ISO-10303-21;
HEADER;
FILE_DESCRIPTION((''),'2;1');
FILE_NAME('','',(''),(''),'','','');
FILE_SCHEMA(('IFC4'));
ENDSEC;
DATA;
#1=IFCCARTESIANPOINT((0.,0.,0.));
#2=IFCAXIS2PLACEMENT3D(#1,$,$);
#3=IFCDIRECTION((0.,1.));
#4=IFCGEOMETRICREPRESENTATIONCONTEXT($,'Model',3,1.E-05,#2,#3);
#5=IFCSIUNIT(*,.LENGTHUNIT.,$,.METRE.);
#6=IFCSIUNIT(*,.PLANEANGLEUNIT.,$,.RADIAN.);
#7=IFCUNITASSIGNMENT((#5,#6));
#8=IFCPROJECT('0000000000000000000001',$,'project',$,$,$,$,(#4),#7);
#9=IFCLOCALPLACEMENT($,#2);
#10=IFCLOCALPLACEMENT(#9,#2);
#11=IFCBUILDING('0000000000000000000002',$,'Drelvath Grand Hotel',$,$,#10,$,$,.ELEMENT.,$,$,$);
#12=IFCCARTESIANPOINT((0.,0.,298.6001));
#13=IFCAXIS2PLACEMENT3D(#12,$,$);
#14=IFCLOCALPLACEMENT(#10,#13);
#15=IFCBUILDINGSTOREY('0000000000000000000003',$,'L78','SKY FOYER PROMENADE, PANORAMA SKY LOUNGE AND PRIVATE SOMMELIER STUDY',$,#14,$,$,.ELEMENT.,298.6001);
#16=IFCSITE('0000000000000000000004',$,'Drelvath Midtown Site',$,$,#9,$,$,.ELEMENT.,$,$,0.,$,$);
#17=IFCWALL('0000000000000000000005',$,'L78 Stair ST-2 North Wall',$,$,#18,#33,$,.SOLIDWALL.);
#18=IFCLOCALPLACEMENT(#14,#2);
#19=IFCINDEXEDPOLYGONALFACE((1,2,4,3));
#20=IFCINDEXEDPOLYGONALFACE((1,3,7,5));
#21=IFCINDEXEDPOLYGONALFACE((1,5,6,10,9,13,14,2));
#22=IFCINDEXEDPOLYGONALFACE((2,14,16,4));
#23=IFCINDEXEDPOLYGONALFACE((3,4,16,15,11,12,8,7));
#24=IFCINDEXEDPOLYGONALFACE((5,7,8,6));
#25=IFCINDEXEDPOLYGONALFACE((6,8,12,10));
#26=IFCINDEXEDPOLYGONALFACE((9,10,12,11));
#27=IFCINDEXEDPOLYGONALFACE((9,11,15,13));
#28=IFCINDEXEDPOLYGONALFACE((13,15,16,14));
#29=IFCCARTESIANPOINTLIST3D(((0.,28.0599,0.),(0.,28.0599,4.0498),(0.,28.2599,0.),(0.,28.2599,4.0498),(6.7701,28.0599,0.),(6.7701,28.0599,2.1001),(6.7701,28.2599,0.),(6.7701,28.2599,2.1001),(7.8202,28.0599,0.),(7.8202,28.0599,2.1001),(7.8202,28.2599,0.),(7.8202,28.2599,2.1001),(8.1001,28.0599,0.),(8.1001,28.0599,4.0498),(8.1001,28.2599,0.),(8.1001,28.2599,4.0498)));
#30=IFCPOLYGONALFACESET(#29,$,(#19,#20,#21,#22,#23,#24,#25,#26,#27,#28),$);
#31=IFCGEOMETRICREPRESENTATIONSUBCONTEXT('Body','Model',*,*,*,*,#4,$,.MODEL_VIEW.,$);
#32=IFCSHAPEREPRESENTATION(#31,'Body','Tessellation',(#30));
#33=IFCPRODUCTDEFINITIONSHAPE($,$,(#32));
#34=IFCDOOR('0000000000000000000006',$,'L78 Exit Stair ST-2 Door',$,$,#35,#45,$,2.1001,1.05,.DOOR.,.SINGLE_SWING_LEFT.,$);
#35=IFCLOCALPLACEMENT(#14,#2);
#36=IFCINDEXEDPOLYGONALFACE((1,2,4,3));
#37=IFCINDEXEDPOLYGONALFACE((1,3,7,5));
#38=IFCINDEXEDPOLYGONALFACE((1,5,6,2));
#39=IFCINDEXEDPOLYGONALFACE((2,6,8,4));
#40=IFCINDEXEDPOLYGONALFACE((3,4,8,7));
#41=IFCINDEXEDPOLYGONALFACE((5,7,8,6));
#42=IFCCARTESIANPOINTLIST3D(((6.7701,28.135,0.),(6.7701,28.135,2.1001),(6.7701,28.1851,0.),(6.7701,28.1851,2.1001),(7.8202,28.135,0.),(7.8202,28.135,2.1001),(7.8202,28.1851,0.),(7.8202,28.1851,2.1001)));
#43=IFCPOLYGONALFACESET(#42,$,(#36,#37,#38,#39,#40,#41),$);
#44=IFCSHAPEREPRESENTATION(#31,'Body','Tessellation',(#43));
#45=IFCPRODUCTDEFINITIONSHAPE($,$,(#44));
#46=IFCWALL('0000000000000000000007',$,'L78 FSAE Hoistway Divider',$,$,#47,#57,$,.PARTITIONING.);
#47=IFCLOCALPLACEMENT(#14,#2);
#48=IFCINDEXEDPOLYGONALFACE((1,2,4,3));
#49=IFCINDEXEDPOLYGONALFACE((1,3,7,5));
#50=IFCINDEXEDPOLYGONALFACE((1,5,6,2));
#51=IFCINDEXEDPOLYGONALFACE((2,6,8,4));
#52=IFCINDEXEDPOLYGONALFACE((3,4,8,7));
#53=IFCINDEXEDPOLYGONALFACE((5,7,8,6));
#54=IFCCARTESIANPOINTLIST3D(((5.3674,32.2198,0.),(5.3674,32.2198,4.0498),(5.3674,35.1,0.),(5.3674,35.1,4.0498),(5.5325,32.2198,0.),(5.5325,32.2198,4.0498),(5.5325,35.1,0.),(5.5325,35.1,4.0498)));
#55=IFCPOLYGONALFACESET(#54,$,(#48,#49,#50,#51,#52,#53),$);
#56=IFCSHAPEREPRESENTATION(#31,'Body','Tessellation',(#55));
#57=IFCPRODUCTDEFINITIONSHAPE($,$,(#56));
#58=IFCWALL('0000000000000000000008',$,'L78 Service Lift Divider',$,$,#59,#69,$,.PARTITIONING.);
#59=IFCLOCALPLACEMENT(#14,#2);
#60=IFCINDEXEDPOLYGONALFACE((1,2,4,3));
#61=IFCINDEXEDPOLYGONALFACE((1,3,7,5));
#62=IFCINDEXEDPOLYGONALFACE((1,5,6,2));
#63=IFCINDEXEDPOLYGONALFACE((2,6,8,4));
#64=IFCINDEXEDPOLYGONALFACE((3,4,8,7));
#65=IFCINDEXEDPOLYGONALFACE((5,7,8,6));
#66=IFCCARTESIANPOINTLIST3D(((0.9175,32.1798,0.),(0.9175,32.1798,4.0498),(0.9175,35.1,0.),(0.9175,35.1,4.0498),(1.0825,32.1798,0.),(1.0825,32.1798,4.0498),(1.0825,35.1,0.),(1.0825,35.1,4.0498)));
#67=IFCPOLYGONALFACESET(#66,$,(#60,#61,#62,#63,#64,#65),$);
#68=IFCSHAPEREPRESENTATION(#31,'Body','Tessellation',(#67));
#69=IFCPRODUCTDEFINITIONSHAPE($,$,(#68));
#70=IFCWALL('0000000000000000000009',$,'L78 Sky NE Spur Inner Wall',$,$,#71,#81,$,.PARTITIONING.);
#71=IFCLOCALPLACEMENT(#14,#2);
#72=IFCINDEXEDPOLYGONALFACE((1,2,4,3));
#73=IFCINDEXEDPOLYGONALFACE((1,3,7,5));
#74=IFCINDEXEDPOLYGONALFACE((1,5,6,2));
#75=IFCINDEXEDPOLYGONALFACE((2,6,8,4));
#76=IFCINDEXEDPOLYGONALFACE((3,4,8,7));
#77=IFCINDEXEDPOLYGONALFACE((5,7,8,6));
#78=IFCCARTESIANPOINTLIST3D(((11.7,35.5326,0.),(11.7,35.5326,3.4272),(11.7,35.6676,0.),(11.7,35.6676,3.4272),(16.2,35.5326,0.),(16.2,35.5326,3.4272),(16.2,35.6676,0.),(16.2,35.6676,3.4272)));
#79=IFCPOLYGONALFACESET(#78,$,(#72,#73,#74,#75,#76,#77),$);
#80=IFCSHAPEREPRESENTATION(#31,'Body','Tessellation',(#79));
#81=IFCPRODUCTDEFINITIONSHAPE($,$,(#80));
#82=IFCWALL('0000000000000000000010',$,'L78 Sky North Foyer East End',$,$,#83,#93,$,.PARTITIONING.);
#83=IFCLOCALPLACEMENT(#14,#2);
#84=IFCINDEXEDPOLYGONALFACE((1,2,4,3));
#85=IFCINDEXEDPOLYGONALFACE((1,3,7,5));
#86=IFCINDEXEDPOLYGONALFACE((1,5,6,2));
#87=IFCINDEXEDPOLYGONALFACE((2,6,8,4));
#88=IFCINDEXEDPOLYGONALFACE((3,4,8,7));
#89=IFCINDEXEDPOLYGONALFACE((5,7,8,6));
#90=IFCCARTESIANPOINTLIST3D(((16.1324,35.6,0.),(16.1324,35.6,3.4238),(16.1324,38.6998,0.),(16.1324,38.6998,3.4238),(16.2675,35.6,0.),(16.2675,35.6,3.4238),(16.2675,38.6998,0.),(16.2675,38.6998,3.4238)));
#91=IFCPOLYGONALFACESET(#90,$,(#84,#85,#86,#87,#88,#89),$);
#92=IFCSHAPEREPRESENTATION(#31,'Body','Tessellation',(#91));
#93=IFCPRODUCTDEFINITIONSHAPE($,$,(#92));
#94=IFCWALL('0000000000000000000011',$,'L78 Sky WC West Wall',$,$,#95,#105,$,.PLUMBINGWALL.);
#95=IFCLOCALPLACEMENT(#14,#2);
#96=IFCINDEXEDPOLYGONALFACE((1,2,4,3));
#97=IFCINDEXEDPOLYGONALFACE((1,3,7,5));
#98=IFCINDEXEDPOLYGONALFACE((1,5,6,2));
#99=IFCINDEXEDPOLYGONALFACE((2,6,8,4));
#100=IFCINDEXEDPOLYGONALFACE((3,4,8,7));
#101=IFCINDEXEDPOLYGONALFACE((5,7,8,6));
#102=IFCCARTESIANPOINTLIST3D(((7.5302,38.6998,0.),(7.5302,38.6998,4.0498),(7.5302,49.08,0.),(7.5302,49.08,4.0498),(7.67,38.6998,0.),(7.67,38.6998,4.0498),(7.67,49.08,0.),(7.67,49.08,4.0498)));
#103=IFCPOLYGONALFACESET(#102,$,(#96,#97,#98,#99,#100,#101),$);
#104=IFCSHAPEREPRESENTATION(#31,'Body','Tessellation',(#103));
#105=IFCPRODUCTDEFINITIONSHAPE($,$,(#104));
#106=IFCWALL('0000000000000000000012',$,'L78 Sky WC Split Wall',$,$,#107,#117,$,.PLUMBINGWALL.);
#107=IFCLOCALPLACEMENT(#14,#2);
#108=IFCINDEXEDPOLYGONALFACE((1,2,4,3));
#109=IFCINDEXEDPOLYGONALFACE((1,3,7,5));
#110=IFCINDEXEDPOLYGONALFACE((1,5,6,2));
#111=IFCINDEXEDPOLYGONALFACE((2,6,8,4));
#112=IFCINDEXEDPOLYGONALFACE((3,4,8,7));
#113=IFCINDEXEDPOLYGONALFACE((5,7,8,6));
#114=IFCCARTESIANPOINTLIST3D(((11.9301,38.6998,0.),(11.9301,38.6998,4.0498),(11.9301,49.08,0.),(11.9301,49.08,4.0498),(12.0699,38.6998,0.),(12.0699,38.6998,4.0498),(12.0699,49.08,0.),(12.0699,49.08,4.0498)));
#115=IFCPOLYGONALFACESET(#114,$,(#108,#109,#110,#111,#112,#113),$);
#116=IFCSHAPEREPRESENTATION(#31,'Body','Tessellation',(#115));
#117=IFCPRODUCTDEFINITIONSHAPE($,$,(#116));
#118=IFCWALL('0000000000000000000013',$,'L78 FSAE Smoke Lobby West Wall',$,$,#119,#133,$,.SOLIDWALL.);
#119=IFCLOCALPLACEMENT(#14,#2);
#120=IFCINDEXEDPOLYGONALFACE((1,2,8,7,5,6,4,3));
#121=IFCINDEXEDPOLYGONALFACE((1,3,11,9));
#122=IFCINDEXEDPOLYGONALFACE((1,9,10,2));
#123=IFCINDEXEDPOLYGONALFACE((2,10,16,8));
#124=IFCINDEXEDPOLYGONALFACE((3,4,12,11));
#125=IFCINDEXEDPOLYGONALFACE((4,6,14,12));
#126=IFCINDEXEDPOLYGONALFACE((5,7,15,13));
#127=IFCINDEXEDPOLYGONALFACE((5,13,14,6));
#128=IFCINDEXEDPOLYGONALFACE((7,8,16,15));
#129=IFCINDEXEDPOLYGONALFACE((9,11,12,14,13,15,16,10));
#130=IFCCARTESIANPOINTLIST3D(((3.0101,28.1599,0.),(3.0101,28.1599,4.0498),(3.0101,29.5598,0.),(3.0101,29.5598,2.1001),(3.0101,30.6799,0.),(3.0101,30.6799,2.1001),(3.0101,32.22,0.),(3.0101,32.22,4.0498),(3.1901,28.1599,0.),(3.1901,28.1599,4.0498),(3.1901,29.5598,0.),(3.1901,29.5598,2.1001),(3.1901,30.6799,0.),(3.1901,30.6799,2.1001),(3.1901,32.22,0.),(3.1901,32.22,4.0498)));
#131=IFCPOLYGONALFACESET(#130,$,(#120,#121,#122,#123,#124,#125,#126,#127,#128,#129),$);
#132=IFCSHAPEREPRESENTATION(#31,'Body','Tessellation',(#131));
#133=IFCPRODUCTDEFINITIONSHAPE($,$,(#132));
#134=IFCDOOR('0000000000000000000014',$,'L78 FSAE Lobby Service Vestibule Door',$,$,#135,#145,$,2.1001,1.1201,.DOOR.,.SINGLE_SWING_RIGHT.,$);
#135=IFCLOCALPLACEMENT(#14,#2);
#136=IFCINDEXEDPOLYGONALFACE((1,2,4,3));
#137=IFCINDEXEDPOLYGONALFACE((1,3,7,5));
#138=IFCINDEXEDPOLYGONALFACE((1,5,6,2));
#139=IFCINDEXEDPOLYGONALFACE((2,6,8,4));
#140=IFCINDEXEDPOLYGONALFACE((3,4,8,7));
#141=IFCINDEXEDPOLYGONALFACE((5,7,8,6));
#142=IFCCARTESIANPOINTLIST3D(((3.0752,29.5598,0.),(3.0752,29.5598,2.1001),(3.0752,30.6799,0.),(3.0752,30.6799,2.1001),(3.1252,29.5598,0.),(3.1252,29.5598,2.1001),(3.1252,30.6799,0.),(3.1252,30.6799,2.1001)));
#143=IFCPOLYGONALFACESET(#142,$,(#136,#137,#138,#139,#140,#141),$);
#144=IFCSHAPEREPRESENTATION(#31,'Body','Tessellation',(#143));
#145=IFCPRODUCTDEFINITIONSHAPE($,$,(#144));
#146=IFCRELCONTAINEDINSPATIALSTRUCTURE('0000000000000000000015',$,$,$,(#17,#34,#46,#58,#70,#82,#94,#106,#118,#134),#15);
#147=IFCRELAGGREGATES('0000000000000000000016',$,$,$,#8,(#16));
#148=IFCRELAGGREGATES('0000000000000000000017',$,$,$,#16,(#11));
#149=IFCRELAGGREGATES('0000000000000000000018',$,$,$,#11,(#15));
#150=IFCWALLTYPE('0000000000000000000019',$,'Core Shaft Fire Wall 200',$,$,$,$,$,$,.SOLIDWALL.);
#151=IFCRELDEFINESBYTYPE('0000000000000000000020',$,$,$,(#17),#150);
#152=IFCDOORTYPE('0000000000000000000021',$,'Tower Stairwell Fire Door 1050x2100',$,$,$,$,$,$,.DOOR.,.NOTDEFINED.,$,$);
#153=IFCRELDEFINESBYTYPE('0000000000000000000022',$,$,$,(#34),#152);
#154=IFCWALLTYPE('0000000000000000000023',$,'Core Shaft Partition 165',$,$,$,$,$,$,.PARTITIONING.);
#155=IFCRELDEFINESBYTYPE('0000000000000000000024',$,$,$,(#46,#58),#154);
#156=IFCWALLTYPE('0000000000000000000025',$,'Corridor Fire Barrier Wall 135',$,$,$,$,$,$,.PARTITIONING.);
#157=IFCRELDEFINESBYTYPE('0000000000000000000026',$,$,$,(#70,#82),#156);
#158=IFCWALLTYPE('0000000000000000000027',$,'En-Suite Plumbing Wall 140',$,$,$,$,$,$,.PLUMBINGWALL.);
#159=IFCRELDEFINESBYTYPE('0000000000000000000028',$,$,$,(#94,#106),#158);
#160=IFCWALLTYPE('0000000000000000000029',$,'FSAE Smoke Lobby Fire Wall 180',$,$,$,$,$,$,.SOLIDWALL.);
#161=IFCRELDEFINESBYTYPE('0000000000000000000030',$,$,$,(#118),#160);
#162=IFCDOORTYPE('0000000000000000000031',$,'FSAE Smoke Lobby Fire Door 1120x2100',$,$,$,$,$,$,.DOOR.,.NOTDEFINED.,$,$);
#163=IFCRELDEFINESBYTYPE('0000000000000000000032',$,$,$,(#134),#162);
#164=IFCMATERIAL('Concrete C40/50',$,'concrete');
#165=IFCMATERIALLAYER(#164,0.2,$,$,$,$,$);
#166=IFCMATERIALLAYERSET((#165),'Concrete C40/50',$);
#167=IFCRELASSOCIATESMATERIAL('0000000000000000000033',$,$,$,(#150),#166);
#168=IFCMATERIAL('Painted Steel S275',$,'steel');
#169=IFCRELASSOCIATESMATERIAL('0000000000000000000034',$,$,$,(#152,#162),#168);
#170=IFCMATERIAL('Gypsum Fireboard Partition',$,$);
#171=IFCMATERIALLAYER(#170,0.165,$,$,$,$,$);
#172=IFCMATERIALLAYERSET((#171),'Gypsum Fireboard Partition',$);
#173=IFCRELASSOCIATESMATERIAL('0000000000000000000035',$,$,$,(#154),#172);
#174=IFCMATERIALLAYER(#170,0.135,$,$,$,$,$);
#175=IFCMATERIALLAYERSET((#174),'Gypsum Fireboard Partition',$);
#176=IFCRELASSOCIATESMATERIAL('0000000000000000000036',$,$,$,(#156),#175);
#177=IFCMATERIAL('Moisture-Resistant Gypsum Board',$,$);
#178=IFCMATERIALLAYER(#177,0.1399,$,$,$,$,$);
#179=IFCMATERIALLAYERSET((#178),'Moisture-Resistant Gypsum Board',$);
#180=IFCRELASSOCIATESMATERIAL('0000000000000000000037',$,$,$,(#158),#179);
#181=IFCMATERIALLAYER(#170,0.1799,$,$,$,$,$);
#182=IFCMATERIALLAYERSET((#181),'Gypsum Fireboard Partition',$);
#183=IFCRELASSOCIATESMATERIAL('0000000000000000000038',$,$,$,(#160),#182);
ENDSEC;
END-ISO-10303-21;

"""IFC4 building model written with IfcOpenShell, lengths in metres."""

from ifc_helpers import new_model, si_unit, direction, frame, frame_2d, origin, place, context, subcontext, project, spatial, rectangle, extrude, material, layer, layer_set, type_object, element, fill, save


model = new_model("IFC4")

# Units and contexts
model_context = context("Model", 3, precision=1e-05, world=origin(), true_north=direction((0.0, 1.0)))
body_context = subcontext(model_context, "Body", "Model", "MODEL_VIEW")
ifc_project = project(units=[si_unit("LENGTHUNIT", "METRE"), si_unit("PLANEANGLEUNIT", "RADIAN")], contexts=[model_context])

# Site, building, storey
site_placement = place(None, origin())
site = spatial("IfcSite", under=ifc_project, at=site_placement, Name="Drelvath Midtown Site", CompositionType="ELEMENT", RefElevation=0.0)
building_placement = place(site_placement, origin())
building = spatial("IfcBuilding", under=site, at=building_placement, Name="Drelvath Grand Hotel", CompositionType="ELEMENT")
storey_placement = place(building_placement, frame((0.0, 0.0, 298.6001)))
storey = spatial("IfcBuildingStorey", under=building, at=storey_placement, Name="L78", Description="SKY FOYER PROMENADE, PANORAMA SKY LOUNGE AND PRIVATE SOMMELIER STUDY", CompositionType="ELEMENT", Elevation=298.6001)

# Shared definitions
ifc_material_1 = material(Name="Concrete C40/50", Category="concrete")

# Wall, opening, door
ifc_layer_1 = layer(ifc_material_1, 0.2)
ifc_layer_set_1 = layer_set([ifc_layer_1], Name="Concrete C40/50")
wall_type_1 = type_object("IfcWallType", Name="Core Shaft Fire Wall 200", PredefinedType="SOLIDWALL", material=ifc_layer_set_1)
wall_1_placement = place(storey_placement, frame((8.1001, 28.1599, 0.0), z_axis=(0.0, 0.0, 1.0), x_axis=(-1.0, 0.0, 0.0)))
wall_1 = element("IfcWall", 1, at=wall_1_placement, inside=storey, type_object=wall_type_1, Name="L78 Stair ST-2 North Wall", PredefinedType="SOLIDWALL", context=body_context, shape_type="SweptSolid", body=[
    extrude(rectangle(XDim=8.1001, YDim=0.2, at=frame_2d((4.05, 0.0))), origin(), (0.0, 0.0, 1.0), 4.0498),
])
opening_1_placement = place(wall_1_placement, frame((0.28, 0.0, 0.0)))
opening_1 = element("IfcOpeningElement", 2, at=opening_1_placement, cuts=wall_1, PredefinedType="OPENING", context=body_context, shape_type="SweptSolid", body=[
    extrude(rectangle(XDim=1.05, YDim=2.1001, at=frame_2d((0.5249, 1.05))), frame((0.0, 0.1099, 0.0), z_axis=(0.0, -1.0, 0.0), x_axis=(1.0, 0.0, 0.0)), (0.0, 0.0, 1.0), 0.22),
])
ifc_material_2 = material(Name="Painted Steel S275", Category="steel")
door_type_1 = type_object("IfcDoorType", Name="Tower Stairwell Fire Door 1050x2100", OperationType="NOTDEFINED", PredefinedType="DOOR", material=ifc_material_2)
door_1_placement = place(opening_1_placement, origin())
door_1 = element("IfcDoor", 3, at=door_1_placement, inside=storey, type_object=door_type_1, Name="L78 Exit Stair ST-2 Door", OperationType="SINGLE_SWING_LEFT", OverallHeight=2.1001, OverallWidth=1.05, PredefinedType="DOOR", context=body_context, shape_type="SweptSolid", body=[
    extrude(rectangle(XDim=1.05, YDim=2.1001, at=frame_2d((0.5249, 1.05))), frame((0.0, 0.0249, 0.0), z_axis=(0.0, -1.0, 0.0), x_axis=(1.0, 0.0, 0.0)), (0.0, 0.0, 1.0), 0.05),
])
fill(opening_1, door_1)

# Walls
ifc_material_3 = material(Name="Gypsum Fireboard Partition")
ifc_layer_2 = layer(ifc_material_3, 0.165)
ifc_layer_set_2 = layer_set([ifc_layer_2], Name="Gypsum Fireboard Partition")
wall_type_2 = type_object("IfcWallType", Name="Core Shaft Partition 165", PredefinedType="PARTITIONING", material=ifc_layer_set_2)
wall_2_placement = place(storey_placement, frame((5.45, 32.22, 0.0), z_axis=(0.0, 0.0, 1.0), x_axis=(0.0, 1.0, 0.0)))
element("IfcWall", 4, at=wall_2_placement, inside=storey, type_object=wall_type_2, Name="L78 FSAE Hoistway Divider", PredefinedType="PARTITIONING", context=body_context, shape_type="SweptSolid", body=[
    extrude(rectangle(XDim=2.8801, YDim=0.165, at=frame_2d((1.4399, 0.0))), origin(), (0.0, 0.0, 1.0), 4.0498),
])
wall_3_placement = place(storey_placement, frame((1.0, 32.1799, 0.0), z_axis=(0.0, 0.0, 1.0), x_axis=(0.0, 1.0, 0.0)))
element("IfcWall", 5, at=wall_3_placement, inside=storey, type_object=wall_type_2, Name="L78 Service Lift Divider", PredefinedType="PARTITIONING", context=body_context, shape_type="SweptSolid", body=[
    extrude(rectangle(XDim=2.9202, YDim=0.165, at=frame_2d((1.46, 0.0))), origin(), (0.0, 0.0, 1.0), 4.0498),
])
ifc_layer_3 = layer(ifc_material_3, 0.135)
ifc_layer_set_3 = layer_set([ifc_layer_3], Name="Gypsum Fireboard Partition")
wall_type_3 = type_object("IfcWallType", Name="Corridor Fire Barrier Wall 135", PredefinedType="PARTITIONING", material=ifc_layer_set_3)
wall_4_placement = place(storey_placement, frame((11.7, 35.6001, 0.0), z_axis=(0.0, 0.0, 1.0), x_axis=(1.0, 0.0, 0.0)))
element("IfcWall", 6, at=wall_4_placement, inside=storey, type_object=wall_type_3, Name="L78 Sky NE Spur Inner Wall", PredefinedType="PARTITIONING", context=body_context, shape_type="SweptSolid", body=[
    extrude(rectangle(XDim=4.5, YDim=0.135, at=frame_2d((2.25, 0.0))), origin(), (0.0, 0.0, 1.0), 3.4272),
])
wall_5_placement = place(storey_placement, frame((16.2, 35.6001, 0.0), z_axis=(0.0, 0.0, 1.0), x_axis=(0.0, 1.0, 0.0)))
element("IfcWall", 7, at=wall_5_placement, inside=storey, type_object=wall_type_3, Name="L78 Sky North Foyer East End", PredefinedType="PARTITIONING", context=body_context, shape_type="SweptSolid", body=[
    extrude(rectangle(XDim=3.0999, YDim=0.135, at=frame_2d((1.5498, 0.0))), origin(), (0.0, 0.0, 1.0), 3.4238),
])
ifc_material_4 = material(Name="Moisture-Resistant Gypsum Board")
ifc_layer_4 = layer(ifc_material_4, 0.1399)
ifc_layer_set_4 = layer_set([ifc_layer_4], Name="Moisture-Resistant Gypsum Board")
wall_type_4 = type_object("IfcWallType", Name="En-Suite Plumbing Wall 140", PredefinedType="PLUMBINGWALL", material=ifc_layer_set_4)
for number, where, z_axis, x_axis, name in (
    (8, (7.6001, 38.7, 0.0), (0.0, 0.0, 1.0), (0.0, 1.0, 0.0), "L78 Sky WC West Wall"),
    (9, (12.0, 38.7, 0.0), (0.0, 0.0, 1.0), (0.0, 1.0, 0.0), "L78 Sky WC Split Wall"),
):
    element("IfcWall", number, at=place(storey_placement, frame(where, z_axis=z_axis, x_axis=x_axis)), inside=storey, type_object=wall_type_4, Name=name, PredefinedType="PLUMBINGWALL", context=body_context, shape_type="SweptSolid", body=[
        extrude(rectangle(XDim=10.3801, YDim=0.1399, at=frame_2d((5.1899, 0.0))), origin(), (0.0, 0.0, 1.0), 4.0498),
    ])

# Wall, opening, door
ifc_layer_5 = layer(ifc_material_3, 0.1799)
ifc_layer_set_5 = layer_set([ifc_layer_5], Name="Gypsum Fireboard Partition")
wall_type_5 = type_object("IfcWallType", Name="FSAE Smoke Lobby Fire Wall 180", PredefinedType="SOLIDWALL", material=ifc_layer_set_5)
wall_6_placement = place(storey_placement, frame((3.1001, 28.1599, 0.0), z_axis=(0.0, 0.0, 1.0), x_axis=(0.0, 1.0, 0.0)))
wall_6 = element("IfcWall", 10, at=wall_6_placement, inside=storey, type_object=wall_type_5, Name="L78 FSAE Smoke Lobby West Wall", PredefinedType="SOLIDWALL", context=body_context, shape_type="SweptSolid", body=[
    extrude(rectangle(XDim=4.0601, YDim=0.1799, at=frame_2d((2.03, 0.0))), origin(), (0.0, 0.0, 1.0), 4.0498),
])
opening_2_placement = place(wall_6_placement, frame((1.3999, 0.0, 0.0)))
opening_2 = element("IfcOpeningElement", 11, at=opening_2_placement, cuts=wall_6, PredefinedType="OPENING", context=body_context, shape_type="SweptSolid", body=[
    extrude(rectangle(XDim=1.1201, YDim=2.1001, at=frame_2d((0.5601, 1.05))), frame((0.0, 0.0999, 0.0), z_axis=(0.0, -1.0, 0.0), x_axis=(1.0, 0.0, 0.0)), (0.0, 0.0, 1.0), 0.2),
])
door_type_2 = type_object("IfcDoorType", Name="FSAE Smoke Lobby Fire Door 1120x2100", OperationType="NOTDEFINED", PredefinedType="DOOR", material=ifc_material_2)
door_2_placement = place(opening_2_placement, origin())
door_2 = element("IfcDoor", 12, at=door_2_placement, inside=storey, type_object=door_type_2, Name="L78 FSAE Lobby Service Vestibule Door", OperationType="SINGLE_SWING_RIGHT", OverallHeight=2.1001, OverallWidth=1.1201, PredefinedType="DOOR", context=body_context, shape_type="SweptSolid", body=[
    extrude(rectangle(XDim=1.1201, YDim=2.1001, at=frame_2d((0.5601, 1.05))), frame((0.0, 0.0249, 0.0), z_axis=(0.0, -1.0, 0.0), x_axis=(1.0, 0.0, 0.0)), (0.0, 0.0, 1.0), 0.05),
])
fill(opening_2, door_2)

save(model, "model.ifc")
